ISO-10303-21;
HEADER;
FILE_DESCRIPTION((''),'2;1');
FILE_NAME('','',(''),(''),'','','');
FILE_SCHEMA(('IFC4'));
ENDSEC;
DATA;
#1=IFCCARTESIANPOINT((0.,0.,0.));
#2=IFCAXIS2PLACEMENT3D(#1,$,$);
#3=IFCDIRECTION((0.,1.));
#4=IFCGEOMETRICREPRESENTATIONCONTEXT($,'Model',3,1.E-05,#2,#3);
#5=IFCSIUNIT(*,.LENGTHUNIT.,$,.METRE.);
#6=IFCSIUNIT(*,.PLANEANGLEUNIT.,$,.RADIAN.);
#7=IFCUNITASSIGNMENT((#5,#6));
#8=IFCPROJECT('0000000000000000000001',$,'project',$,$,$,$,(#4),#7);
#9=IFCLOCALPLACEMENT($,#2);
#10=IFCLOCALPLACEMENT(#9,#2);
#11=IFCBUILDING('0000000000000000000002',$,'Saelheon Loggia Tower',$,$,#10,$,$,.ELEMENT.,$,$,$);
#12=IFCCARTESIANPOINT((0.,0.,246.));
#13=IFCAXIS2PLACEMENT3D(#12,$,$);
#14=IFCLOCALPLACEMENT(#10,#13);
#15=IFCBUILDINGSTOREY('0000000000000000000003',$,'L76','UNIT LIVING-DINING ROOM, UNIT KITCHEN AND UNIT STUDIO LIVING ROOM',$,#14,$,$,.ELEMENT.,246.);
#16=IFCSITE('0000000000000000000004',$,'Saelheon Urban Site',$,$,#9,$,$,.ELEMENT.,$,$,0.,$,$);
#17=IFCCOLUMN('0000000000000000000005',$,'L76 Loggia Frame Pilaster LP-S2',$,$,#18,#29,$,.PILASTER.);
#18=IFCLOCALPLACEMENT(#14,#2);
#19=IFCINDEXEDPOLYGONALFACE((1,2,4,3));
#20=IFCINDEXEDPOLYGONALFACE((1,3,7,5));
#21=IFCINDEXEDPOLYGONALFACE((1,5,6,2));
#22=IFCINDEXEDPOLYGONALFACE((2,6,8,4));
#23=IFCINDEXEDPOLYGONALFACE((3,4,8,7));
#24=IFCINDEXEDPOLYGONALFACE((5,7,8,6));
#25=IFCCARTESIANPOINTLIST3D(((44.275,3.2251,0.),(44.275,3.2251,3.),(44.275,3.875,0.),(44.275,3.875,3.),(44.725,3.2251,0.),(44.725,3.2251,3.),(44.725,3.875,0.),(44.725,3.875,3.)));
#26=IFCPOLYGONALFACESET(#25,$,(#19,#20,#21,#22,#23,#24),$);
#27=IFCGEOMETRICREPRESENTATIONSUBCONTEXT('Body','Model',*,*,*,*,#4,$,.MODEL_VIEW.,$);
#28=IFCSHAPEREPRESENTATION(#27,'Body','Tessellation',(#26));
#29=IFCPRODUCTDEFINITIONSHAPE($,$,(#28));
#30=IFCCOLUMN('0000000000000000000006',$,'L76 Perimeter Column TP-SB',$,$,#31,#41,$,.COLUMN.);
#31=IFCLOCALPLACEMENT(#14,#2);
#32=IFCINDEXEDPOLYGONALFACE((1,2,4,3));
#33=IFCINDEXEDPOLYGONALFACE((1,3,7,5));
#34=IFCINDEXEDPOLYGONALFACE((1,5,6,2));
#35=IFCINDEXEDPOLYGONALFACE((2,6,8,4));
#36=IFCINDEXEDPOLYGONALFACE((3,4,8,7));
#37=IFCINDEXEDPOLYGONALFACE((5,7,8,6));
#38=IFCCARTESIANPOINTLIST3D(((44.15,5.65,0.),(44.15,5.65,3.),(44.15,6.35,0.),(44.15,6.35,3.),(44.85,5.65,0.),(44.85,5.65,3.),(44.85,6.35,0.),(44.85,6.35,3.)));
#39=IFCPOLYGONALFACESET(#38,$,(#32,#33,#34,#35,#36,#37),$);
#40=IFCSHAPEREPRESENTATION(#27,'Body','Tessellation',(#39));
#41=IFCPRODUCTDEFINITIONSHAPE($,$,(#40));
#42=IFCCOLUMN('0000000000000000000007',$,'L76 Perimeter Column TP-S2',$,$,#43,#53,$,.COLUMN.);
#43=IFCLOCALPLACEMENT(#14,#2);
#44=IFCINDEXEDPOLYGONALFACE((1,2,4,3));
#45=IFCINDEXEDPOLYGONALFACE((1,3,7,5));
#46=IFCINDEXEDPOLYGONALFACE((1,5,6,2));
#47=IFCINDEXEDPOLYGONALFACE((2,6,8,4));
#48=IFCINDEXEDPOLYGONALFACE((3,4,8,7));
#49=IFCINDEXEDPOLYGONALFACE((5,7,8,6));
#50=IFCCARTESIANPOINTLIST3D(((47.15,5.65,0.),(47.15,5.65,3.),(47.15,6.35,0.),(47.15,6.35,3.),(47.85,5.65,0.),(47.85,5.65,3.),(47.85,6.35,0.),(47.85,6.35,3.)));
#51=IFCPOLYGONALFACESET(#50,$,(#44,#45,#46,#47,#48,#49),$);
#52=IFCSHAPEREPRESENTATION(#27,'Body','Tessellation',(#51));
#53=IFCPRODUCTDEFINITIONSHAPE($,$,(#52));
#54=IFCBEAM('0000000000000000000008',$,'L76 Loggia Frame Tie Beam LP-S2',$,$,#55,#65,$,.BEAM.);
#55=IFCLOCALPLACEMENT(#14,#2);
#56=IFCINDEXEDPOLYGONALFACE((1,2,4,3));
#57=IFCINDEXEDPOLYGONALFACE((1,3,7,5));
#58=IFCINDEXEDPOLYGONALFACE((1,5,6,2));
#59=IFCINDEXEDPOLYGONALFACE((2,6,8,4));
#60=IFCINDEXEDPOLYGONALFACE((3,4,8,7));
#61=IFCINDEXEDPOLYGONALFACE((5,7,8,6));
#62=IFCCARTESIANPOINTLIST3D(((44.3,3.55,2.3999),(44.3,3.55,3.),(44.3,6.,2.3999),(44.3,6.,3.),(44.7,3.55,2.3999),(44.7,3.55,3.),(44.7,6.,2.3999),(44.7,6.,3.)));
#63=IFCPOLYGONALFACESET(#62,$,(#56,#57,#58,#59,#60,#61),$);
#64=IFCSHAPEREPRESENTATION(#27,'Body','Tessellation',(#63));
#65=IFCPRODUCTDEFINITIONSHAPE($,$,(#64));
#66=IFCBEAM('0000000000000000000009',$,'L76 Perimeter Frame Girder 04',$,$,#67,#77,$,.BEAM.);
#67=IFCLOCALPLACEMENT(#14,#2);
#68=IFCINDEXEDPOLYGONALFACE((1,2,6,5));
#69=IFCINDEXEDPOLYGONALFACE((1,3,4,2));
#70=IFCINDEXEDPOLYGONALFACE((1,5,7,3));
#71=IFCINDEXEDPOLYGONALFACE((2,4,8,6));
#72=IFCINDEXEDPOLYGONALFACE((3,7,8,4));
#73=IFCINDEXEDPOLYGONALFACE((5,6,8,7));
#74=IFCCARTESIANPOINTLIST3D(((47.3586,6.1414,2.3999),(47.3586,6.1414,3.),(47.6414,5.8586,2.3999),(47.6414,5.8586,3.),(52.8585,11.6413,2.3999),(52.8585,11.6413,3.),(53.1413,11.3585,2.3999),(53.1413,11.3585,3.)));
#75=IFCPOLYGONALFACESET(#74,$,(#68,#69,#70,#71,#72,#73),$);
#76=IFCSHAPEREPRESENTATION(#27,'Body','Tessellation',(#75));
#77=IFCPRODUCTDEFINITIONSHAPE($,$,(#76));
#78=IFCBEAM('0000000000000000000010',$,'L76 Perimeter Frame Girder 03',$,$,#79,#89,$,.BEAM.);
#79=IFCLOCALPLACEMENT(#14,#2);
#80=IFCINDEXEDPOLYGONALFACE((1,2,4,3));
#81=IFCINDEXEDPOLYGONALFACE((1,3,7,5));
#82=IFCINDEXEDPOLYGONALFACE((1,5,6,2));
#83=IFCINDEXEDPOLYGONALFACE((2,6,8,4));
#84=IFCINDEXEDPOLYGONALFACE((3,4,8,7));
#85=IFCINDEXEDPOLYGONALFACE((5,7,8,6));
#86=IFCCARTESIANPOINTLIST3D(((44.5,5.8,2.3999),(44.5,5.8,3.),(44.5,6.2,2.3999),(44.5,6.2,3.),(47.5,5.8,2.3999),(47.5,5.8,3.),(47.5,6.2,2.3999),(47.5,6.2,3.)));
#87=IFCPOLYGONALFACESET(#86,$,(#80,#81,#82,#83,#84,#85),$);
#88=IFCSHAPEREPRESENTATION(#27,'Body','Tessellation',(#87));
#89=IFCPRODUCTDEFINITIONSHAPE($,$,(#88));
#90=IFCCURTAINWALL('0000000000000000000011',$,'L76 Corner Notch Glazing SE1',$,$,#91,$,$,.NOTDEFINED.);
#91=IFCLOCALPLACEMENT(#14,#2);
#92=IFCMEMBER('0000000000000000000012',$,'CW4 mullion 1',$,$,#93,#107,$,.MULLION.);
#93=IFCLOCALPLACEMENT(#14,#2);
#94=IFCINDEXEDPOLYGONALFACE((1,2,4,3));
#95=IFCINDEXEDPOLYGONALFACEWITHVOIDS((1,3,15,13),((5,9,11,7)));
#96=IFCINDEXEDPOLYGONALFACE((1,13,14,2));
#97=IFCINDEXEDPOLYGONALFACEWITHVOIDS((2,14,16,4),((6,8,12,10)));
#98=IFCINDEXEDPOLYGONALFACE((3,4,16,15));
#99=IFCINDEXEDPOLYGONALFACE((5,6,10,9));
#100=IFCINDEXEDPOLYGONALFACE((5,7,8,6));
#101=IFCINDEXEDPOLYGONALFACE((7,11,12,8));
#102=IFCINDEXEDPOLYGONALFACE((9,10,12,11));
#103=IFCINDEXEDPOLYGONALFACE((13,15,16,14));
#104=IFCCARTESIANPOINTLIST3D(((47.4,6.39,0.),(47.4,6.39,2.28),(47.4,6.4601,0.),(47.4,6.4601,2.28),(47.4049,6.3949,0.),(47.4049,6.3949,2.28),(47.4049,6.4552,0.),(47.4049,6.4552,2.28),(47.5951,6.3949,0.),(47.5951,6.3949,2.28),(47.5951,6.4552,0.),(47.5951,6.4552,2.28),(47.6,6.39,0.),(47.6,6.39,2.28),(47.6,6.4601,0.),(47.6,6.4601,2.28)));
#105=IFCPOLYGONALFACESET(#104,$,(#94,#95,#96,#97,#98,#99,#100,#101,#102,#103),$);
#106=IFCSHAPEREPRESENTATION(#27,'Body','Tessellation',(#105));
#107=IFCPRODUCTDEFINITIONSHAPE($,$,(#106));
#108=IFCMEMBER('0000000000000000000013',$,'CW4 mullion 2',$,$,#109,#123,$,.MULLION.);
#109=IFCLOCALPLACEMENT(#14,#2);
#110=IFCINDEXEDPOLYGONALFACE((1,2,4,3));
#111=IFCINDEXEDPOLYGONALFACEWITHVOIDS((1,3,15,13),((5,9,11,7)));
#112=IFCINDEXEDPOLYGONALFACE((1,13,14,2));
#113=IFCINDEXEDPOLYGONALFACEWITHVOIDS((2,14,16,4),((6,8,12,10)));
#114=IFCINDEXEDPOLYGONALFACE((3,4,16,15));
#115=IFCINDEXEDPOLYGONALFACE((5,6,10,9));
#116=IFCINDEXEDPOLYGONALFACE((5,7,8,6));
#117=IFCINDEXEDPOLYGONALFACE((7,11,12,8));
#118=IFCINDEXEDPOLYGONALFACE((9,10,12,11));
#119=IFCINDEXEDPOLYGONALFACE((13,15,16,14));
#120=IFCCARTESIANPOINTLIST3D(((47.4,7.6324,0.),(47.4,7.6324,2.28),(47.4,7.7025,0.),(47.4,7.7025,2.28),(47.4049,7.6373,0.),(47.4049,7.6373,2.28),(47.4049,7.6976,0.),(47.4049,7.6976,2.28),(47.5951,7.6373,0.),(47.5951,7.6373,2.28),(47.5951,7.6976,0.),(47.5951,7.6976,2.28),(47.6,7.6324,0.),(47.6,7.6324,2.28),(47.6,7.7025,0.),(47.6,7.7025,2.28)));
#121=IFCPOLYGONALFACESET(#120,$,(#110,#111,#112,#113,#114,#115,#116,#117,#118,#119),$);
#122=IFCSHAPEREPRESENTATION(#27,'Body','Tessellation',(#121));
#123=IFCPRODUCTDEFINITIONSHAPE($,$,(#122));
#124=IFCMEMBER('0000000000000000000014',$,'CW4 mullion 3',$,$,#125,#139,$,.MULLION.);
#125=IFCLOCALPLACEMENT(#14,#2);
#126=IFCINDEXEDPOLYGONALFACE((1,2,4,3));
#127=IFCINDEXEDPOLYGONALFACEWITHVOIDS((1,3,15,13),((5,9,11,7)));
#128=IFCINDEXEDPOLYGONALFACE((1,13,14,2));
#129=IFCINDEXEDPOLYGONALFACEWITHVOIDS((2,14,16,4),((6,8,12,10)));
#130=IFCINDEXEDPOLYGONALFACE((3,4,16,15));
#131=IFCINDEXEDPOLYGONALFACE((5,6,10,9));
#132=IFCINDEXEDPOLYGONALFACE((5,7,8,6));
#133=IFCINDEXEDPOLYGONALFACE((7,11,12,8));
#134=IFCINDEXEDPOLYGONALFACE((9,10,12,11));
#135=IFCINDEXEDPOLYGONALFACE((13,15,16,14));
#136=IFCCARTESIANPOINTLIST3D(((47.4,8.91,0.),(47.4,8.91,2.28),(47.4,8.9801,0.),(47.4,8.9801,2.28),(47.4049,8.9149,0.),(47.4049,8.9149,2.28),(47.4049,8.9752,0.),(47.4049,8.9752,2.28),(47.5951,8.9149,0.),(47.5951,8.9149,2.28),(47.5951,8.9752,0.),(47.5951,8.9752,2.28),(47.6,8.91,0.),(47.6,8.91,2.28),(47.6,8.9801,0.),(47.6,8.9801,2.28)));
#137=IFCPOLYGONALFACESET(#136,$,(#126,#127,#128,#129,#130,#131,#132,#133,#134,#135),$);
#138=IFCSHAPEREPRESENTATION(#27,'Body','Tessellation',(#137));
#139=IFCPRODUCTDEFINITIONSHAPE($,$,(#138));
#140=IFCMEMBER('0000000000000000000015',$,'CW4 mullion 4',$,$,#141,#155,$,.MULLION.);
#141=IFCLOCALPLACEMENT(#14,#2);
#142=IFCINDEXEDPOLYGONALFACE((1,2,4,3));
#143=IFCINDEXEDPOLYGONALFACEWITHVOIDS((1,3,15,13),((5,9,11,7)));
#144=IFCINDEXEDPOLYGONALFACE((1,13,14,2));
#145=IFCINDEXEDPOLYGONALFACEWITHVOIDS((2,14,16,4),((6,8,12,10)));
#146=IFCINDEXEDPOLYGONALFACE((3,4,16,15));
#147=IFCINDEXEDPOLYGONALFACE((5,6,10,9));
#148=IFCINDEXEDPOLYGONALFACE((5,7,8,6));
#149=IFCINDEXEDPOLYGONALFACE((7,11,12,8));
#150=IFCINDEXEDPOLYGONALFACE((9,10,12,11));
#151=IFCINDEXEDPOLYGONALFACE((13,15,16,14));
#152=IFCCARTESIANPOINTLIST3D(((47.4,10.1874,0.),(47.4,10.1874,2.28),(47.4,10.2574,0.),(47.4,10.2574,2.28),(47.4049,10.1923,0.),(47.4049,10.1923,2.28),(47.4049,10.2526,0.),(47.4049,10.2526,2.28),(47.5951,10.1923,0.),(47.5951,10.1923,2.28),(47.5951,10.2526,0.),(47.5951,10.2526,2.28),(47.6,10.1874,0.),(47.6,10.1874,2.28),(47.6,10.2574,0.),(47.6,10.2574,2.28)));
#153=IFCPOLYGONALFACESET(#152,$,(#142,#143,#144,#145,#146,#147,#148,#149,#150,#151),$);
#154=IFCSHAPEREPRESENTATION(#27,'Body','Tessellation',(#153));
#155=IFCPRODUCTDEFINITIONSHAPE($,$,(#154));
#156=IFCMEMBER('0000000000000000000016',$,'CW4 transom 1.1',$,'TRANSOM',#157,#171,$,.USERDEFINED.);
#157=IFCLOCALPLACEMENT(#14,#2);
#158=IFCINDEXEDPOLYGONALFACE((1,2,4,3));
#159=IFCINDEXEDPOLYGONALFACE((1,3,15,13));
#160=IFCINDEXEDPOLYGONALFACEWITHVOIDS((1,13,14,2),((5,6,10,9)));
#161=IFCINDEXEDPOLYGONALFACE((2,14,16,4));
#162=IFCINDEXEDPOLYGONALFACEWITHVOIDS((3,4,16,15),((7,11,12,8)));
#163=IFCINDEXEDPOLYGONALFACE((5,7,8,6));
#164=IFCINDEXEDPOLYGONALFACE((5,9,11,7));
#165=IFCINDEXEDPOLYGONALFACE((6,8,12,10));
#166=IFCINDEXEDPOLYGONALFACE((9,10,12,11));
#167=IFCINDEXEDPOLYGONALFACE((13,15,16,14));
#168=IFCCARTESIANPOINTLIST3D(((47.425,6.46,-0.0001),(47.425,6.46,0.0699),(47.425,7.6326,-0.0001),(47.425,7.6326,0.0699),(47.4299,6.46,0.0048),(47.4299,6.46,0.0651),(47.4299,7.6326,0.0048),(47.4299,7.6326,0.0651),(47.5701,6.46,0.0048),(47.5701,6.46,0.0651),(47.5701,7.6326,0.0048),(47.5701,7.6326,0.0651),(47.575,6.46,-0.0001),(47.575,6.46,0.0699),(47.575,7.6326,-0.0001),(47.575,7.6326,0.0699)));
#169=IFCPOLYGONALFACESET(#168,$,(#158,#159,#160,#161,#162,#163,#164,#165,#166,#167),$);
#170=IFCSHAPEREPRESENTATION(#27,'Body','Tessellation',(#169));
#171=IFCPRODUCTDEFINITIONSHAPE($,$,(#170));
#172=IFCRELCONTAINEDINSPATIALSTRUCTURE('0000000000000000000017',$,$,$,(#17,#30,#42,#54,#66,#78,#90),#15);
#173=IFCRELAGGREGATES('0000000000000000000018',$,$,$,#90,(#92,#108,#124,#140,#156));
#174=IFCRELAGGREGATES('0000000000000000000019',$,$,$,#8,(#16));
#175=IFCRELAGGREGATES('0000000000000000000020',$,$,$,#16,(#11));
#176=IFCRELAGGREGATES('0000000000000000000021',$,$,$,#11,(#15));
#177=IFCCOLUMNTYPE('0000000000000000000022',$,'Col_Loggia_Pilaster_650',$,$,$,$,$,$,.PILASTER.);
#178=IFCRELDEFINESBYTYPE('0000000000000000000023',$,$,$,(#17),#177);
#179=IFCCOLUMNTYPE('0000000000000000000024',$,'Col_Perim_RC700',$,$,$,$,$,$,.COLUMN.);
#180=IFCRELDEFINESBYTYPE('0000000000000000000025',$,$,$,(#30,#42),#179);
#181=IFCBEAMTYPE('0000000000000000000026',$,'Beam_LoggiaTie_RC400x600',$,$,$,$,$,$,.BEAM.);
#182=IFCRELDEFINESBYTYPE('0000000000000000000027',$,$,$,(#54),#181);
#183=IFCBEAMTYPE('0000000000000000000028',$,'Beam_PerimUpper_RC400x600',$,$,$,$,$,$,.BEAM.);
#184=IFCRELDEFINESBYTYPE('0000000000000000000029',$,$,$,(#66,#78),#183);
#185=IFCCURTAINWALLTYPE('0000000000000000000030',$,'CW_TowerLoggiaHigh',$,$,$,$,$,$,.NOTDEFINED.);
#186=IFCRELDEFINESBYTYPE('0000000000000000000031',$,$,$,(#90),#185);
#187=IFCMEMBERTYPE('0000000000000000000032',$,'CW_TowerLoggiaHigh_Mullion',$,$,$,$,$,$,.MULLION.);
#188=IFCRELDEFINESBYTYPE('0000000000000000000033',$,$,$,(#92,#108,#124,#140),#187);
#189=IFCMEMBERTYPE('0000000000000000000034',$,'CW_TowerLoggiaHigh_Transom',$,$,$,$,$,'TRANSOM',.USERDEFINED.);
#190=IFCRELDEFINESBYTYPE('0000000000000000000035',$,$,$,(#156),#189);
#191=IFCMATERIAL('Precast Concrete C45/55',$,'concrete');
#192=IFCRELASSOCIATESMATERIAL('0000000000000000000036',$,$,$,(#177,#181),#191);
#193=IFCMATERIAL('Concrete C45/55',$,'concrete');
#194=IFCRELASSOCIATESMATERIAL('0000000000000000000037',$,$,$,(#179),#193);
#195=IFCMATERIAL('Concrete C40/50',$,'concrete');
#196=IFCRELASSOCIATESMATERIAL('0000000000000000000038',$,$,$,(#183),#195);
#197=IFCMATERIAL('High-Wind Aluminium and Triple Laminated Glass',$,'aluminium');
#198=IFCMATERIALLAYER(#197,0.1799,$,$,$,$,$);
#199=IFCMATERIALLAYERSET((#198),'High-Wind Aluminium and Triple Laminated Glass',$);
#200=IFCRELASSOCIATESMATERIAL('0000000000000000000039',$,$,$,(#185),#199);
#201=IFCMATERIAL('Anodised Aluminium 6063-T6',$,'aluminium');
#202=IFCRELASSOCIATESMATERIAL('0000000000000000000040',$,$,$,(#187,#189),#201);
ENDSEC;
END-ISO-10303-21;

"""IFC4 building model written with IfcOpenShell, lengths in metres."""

from ifc_helpers import new_model, si_unit, direction, frame, origin, origin_2d, place, context, subcontext, project, spatial, rectangle, hollow_rectangle, extrude, source, transform, mapped, material, layer, layer_set, material_profile, profile_set, type_object, element, aggregate, save


model = new_model("IFC4")

# Units and contexts
model_context = context("Model", 3, precision=1e-05, world=origin(), true_north=direction((0.0, 1.0)))
body_context = subcontext(model_context, "Body", "Model", "MODEL_VIEW")
ifc_project = project(units=[si_unit("LENGTHUNIT", "METRE"), si_unit("PLANEANGLEUNIT", "RADIAN")], contexts=[model_context])

# Site, building, storey
site_placement = place(None, origin())
site = spatial("IfcSite", under=ifc_project, at=site_placement, Name="Saelheon Urban Site", CompositionType="ELEMENT", RefElevation=0.0)
building_placement = place(site_placement, origin())
building = spatial("IfcBuilding", under=site, at=building_placement, Name="Saelheon Loggia Tower", CompositionType="ELEMENT")
storey_placement = place(building_placement, frame((0.0, 0.0, 246.0)))
storey = spatial("IfcBuildingStorey", under=building, at=storey_placement, Name="L76", Description="UNIT LIVING-DINING ROOM, UNIT KITCHEN AND UNIT STUDIO LIVING ROOM", CompositionType="ELEMENT", Elevation=246.0)

# Columns
ifc_material_1 = material(Name="Precast Concrete C45/55", Category="concrete")
ifc_material_profile_1 = material_profile(ifc_material_1, rectangle(XDim=0.45, YDim=0.6499, at=origin_2d()), Name="RC-450x650")
ifc_profile_set_1 = profile_set([ifc_material_profile_1], Name="Precast Concrete C45/55")
column_type_1 = type_object("IfcColumnType", Name="Col_Loggia_Pilaster_650", PredefinedType="PILASTER", material=ifc_profile_set_1)
shared_shape_1 = source(origin(), body_context, "Body", "SweptSolid", [
    extrude(rectangle(XDim=0.45, YDim=0.6499, at=origin_2d()), origin(), (0.0, 0.0, 1.0), 3.0),
])
column_placement = place(storey_placement, frame((44.5, 3.55, 0.0), z_axis=(0.0, 0.0, 1.0), x_axis=(1.0, 0.0, 0.0)))
element("IfcColumn", 1, at=column_placement, inside=storey, type_object=column_type_1, Name="L76 Loggia Frame Pilaster LP-S2", PredefinedType="PILASTER", context=body_context, shape_type="MappedRepresentation", body=[
    mapped(shared_shape_1, transform((0.0, 0.0, 0.0), scale=1.0)),
])
ifc_material_2 = material(Name="Concrete C45/55", Category="concrete")
ifc_material_profile_2 = material_profile(ifc_material_2, rectangle(XDim=0.7, YDim=0.7, at=origin_2d()), Name="RC-700x700")
ifc_profile_set_2 = profile_set([ifc_material_profile_2], Name="Concrete C45/55")
column_type_2 = type_object("IfcColumnType", Name="Col_Perim_RC700", PredefinedType="COLUMN", material=ifc_profile_set_2)
shared_shape_2 = source(origin(), body_context, "Body", "SweptSolid", [
    extrude(rectangle(XDim=0.7, YDim=0.7, at=origin_2d()), origin(), (0.0, 0.0, 1.0), 3.0),
])
for number, where, z_axis, x_axis, name in (
    (2, (44.5, 6.0, 0.0), (0.0, 0.0, 1.0), (1.0, 0.0, 0.0), "L76 Perimeter Column TP-SB"),
    (3, (47.5, 6.0, 0.0), (0.0, 0.0, 1.0), (1.0, 0.0, 0.0), "L76 Perimeter Column TP-S2"),
):
    element("IfcColumn", number, at=place(storey_placement, frame(where, z_axis=z_axis, x_axis=x_axis)), inside=storey, type_object=column_type_2, Name=name, PredefinedType="COLUMN", context=body_context, shape_type="MappedRepresentation", body=[
        mapped(shared_shape_2, transform((0.0, 0.0, 0.0), scale=1.0)),
    ])

# Beams
ifc_material_profile_3 = material_profile(ifc_material_1, rectangle(XDim=0.3999, YDim=0.6001, at=origin_2d()), Name="RC-400x600")
ifc_profile_set_3 = profile_set([ifc_material_profile_3], Name="Precast Concrete C45/55")
beam_type_1 = type_object("IfcBeamType", Name="Beam_LoggiaTie_RC400x600", PredefinedType="BEAM", material=ifc_profile_set_3)
shared_shape_3 = source(origin(), body_context, "Body", "SweptSolid", [
    extrude(rectangle(XDim=0.3999, YDim=0.6001, at=origin_2d()), origin(), (0.0, 0.0, 1.0), 2.45),
])
beam_1_placement = place(storey_placement, frame((44.5, 6.0, 2.7), z_axis=(0.0, -1.0, 0.0), x_axis=(1.0, 0.0, 0.0)))
element("IfcBeam", 4, at=beam_1_placement, inside=storey, type_object=beam_type_1, Name="L76 Loggia Frame Tie Beam LP-S2", PredefinedType="BEAM", context=body_context, shape_type="MappedRepresentation", body=[
    mapped(shared_shape_3, transform((0.0, 0.0, 0.0), scale=1.0)),
])
ifc_material_3 = material(Name="Concrete C40/50", Category="concrete")
ifc_material_profile_4 = material_profile(ifc_material_3, rectangle(XDim=0.3999, YDim=0.6001, at=origin_2d()), Name="RC-400x600")
ifc_profile_set_4 = profile_set([ifc_material_profile_4], Name="Concrete C40/50")
beam_type_2 = type_object("IfcBeamType", Name="Beam_PerimUpper_RC400x600", PredefinedType="BEAM", material=ifc_profile_set_4)
shared_shape_4 = source(origin(), body_context, "Body", "SweptSolid", [
    extrude(rectangle(XDim=0.3999, YDim=0.6001, at=origin_2d()), origin(), (0.0, 0.0, 1.0), 7.7781),
])
beam_2_placement = place(storey_placement, frame((47.5, 6.0, 2.7), z_axis=(0.707107, 0.707107, 0.0), x_axis=(-0.707107, 0.707107, 0.0)))
element("IfcBeam", 5, at=beam_2_placement, inside=storey, type_object=beam_type_2, Name="L76 Perimeter Frame Girder 04", PredefinedType="BEAM", context=body_context, shape_type="MappedRepresentation", body=[
    mapped(shared_shape_4, transform((0.0, 0.0, 0.0), scale=1.0)),
])
shared_shape_5 = source(origin(), body_context, "Body", "SweptSolid", [
    extrude(rectangle(XDim=0.3999, YDim=0.6001, at=origin_2d()), origin(), (0.0, 0.0, 1.0), 3.0),
])
beam_3_placement = place(storey_placement, frame((44.5, 6.0, 2.7), z_axis=(1.0, 0.0, 0.0), x_axis=(0.0, 1.0, 0.0)))
element("IfcBeam", 6, at=beam_3_placement, inside=storey, type_object=beam_type_2, Name="L76 Perimeter Frame Girder 03", PredefinedType="BEAM", context=body_context, shape_type="MappedRepresentation", body=[
    mapped(shared_shape_5, transform((0.0, 0.0, 0.0), scale=1.0)),
])

# Curtain wall, members
ifc_material_4 = material(Name="High-Wind Aluminium and Triple Laminated Glass", Category="aluminium")
ifc_layer_1 = layer(ifc_material_4, 0.1799)
ifc_layer_set_1 = layer_set([ifc_layer_1], Name="High-Wind Aluminium and Triple Laminated Glass")
curtain_wall_type = type_object("IfcCurtainWallType", Name="CW_TowerLoggiaHigh", PredefinedType="NOTDEFINED", material=ifc_layer_set_1)
curtain_wall_placement = place(storey_placement, origin())
curtain_wall = element("IfcCurtainWall", 7, at=curtain_wall_placement, inside=storey, type_object=curtain_wall_type, Name="L76 Corner Notch Glazing SE1", PredefinedType="NOTDEFINED")
ifc_material_5 = material(Name="Anodised Aluminium 6063-T6", Category="aluminium")
ifc_material_profile_5 = material_profile(ifc_material_5, hollow_rectangle(XDim=0.0701, YDim=0.2, WallThickness=0.0049, at=origin_2d()), Name="RHS-200x70x5")
ifc_profile_set_5 = profile_set([ifc_material_profile_5], Name="Anodised Aluminium 6063-T6")
member_type_1 = type_object("IfcMemberType", Name="CW_TowerLoggiaHigh_Mullion", PredefinedType="MULLION", material=ifc_profile_set_5)
shared_shape_6 = source(origin(), body_context, "Body", "SweptSolid", [
    extrude(hollow_rectangle(XDim=0.0701, YDim=0.2, WallThickness=0.0049, at=origin_2d()), origin(), (0.0, 0.0, 1.0), 2.28),
])
member_1_placement = place(storey_placement, frame((47.5, 6.425, 0.0), z_axis=(0.0, 0.0, 1.0), x_axis=(0.0, 1.0, 0.0)))
member_1 = element("IfcMember", 8, at=member_1_placement, type_object=member_type_1, Name="CW4 mullion 1", PredefinedType="MULLION", context=body_context, shape_type="MappedRepresentation", body=[
    mapped(shared_shape_6, transform((0.0, 0.0, 0.0), scale=1.0)),
])
member_2_placement = place(storey_placement, frame((47.5, 7.6675, 0.0), z_axis=(0.0, 0.0, 1.0), x_axis=(0.0, 1.0, 0.0)))
member_2 = element("IfcMember", 9, at=member_2_placement, type_object=member_type_1, Name="CW4 mullion 2", PredefinedType="MULLION", context=body_context, shape_type="MappedRepresentation", body=[
    mapped(shared_shape_6, transform((0.0, 0.0, 0.0), scale=1.0)),
])
member_3_placement = place(storey_placement, frame((47.5, 8.9451, 0.0), z_axis=(0.0, 0.0, 1.0), x_axis=(0.0, 1.0, 0.0)))
member_3 = element("IfcMember", 10, at=member_3_placement, type_object=member_type_1, Name="CW4 mullion 3", PredefinedType="MULLION", context=body_context, shape_type="MappedRepresentation", body=[
    mapped(shared_shape_6, transform((0.0, 0.0, 0.0), scale=1.0)),
])
member_4_placement = place(storey_placement, frame((47.5, 10.2224, 0.0), z_axis=(0.0, 0.0, 1.0), x_axis=(0.0, 1.0, 0.0)))
member_4 = element("IfcMember", 11, at=member_4_placement, type_object=member_type_1, Name="CW4 mullion 4", PredefinedType="MULLION", context=body_context, shape_type="MappedRepresentation", body=[
    mapped(shared_shape_6, transform((0.0, 0.0, 0.0), scale=1.0)),
])
ifc_material_profile_6 = material_profile(ifc_material_5, hollow_rectangle(XDim=0.0701, YDim=0.1499, WallThickness=0.0049, at=origin_2d()), Name="RHS-150x70x5")
ifc_profile_set_6 = profile_set([ifc_material_profile_6], Name="Anodised Aluminium 6063-T6")
member_type_2 = type_object("IfcMemberType", Name="CW_TowerLoggiaHigh_Transom", ElementType="TRANSOM", PredefinedType="USERDEFINED", material=ifc_profile_set_6)
shared_shape_7 = source(origin(), body_context, "Body", "SweptSolid", [
    extrude(hollow_rectangle(XDim=0.0701, YDim=0.1499, WallThickness=0.0049, at=origin_2d()), origin(), (0.0, 0.0, 1.0), 1.1726),
])
member_5_placement = place(storey_placement, frame((47.5, 6.46, 0.0349), z_axis=(0.0, 1.0, 0.0), x_axis=(0.0, 0.0, 1.0)))
member_5 = element("IfcMember", 12, at=member_5_placement, type_object=member_type_2, Name="CW4 transom 1.1", ObjectType="TRANSOM", PredefinedType="USERDEFINED", context=body_context, shape_type="MappedRepresentation", body=[
    mapped(shared_shape_7, transform((0.0, 0.0, 0.0), scale=1.0)),
])
aggregate(curtain_wall, [member_1, member_2, member_3, member_4, member_5])

save(model, "model.ifc")
